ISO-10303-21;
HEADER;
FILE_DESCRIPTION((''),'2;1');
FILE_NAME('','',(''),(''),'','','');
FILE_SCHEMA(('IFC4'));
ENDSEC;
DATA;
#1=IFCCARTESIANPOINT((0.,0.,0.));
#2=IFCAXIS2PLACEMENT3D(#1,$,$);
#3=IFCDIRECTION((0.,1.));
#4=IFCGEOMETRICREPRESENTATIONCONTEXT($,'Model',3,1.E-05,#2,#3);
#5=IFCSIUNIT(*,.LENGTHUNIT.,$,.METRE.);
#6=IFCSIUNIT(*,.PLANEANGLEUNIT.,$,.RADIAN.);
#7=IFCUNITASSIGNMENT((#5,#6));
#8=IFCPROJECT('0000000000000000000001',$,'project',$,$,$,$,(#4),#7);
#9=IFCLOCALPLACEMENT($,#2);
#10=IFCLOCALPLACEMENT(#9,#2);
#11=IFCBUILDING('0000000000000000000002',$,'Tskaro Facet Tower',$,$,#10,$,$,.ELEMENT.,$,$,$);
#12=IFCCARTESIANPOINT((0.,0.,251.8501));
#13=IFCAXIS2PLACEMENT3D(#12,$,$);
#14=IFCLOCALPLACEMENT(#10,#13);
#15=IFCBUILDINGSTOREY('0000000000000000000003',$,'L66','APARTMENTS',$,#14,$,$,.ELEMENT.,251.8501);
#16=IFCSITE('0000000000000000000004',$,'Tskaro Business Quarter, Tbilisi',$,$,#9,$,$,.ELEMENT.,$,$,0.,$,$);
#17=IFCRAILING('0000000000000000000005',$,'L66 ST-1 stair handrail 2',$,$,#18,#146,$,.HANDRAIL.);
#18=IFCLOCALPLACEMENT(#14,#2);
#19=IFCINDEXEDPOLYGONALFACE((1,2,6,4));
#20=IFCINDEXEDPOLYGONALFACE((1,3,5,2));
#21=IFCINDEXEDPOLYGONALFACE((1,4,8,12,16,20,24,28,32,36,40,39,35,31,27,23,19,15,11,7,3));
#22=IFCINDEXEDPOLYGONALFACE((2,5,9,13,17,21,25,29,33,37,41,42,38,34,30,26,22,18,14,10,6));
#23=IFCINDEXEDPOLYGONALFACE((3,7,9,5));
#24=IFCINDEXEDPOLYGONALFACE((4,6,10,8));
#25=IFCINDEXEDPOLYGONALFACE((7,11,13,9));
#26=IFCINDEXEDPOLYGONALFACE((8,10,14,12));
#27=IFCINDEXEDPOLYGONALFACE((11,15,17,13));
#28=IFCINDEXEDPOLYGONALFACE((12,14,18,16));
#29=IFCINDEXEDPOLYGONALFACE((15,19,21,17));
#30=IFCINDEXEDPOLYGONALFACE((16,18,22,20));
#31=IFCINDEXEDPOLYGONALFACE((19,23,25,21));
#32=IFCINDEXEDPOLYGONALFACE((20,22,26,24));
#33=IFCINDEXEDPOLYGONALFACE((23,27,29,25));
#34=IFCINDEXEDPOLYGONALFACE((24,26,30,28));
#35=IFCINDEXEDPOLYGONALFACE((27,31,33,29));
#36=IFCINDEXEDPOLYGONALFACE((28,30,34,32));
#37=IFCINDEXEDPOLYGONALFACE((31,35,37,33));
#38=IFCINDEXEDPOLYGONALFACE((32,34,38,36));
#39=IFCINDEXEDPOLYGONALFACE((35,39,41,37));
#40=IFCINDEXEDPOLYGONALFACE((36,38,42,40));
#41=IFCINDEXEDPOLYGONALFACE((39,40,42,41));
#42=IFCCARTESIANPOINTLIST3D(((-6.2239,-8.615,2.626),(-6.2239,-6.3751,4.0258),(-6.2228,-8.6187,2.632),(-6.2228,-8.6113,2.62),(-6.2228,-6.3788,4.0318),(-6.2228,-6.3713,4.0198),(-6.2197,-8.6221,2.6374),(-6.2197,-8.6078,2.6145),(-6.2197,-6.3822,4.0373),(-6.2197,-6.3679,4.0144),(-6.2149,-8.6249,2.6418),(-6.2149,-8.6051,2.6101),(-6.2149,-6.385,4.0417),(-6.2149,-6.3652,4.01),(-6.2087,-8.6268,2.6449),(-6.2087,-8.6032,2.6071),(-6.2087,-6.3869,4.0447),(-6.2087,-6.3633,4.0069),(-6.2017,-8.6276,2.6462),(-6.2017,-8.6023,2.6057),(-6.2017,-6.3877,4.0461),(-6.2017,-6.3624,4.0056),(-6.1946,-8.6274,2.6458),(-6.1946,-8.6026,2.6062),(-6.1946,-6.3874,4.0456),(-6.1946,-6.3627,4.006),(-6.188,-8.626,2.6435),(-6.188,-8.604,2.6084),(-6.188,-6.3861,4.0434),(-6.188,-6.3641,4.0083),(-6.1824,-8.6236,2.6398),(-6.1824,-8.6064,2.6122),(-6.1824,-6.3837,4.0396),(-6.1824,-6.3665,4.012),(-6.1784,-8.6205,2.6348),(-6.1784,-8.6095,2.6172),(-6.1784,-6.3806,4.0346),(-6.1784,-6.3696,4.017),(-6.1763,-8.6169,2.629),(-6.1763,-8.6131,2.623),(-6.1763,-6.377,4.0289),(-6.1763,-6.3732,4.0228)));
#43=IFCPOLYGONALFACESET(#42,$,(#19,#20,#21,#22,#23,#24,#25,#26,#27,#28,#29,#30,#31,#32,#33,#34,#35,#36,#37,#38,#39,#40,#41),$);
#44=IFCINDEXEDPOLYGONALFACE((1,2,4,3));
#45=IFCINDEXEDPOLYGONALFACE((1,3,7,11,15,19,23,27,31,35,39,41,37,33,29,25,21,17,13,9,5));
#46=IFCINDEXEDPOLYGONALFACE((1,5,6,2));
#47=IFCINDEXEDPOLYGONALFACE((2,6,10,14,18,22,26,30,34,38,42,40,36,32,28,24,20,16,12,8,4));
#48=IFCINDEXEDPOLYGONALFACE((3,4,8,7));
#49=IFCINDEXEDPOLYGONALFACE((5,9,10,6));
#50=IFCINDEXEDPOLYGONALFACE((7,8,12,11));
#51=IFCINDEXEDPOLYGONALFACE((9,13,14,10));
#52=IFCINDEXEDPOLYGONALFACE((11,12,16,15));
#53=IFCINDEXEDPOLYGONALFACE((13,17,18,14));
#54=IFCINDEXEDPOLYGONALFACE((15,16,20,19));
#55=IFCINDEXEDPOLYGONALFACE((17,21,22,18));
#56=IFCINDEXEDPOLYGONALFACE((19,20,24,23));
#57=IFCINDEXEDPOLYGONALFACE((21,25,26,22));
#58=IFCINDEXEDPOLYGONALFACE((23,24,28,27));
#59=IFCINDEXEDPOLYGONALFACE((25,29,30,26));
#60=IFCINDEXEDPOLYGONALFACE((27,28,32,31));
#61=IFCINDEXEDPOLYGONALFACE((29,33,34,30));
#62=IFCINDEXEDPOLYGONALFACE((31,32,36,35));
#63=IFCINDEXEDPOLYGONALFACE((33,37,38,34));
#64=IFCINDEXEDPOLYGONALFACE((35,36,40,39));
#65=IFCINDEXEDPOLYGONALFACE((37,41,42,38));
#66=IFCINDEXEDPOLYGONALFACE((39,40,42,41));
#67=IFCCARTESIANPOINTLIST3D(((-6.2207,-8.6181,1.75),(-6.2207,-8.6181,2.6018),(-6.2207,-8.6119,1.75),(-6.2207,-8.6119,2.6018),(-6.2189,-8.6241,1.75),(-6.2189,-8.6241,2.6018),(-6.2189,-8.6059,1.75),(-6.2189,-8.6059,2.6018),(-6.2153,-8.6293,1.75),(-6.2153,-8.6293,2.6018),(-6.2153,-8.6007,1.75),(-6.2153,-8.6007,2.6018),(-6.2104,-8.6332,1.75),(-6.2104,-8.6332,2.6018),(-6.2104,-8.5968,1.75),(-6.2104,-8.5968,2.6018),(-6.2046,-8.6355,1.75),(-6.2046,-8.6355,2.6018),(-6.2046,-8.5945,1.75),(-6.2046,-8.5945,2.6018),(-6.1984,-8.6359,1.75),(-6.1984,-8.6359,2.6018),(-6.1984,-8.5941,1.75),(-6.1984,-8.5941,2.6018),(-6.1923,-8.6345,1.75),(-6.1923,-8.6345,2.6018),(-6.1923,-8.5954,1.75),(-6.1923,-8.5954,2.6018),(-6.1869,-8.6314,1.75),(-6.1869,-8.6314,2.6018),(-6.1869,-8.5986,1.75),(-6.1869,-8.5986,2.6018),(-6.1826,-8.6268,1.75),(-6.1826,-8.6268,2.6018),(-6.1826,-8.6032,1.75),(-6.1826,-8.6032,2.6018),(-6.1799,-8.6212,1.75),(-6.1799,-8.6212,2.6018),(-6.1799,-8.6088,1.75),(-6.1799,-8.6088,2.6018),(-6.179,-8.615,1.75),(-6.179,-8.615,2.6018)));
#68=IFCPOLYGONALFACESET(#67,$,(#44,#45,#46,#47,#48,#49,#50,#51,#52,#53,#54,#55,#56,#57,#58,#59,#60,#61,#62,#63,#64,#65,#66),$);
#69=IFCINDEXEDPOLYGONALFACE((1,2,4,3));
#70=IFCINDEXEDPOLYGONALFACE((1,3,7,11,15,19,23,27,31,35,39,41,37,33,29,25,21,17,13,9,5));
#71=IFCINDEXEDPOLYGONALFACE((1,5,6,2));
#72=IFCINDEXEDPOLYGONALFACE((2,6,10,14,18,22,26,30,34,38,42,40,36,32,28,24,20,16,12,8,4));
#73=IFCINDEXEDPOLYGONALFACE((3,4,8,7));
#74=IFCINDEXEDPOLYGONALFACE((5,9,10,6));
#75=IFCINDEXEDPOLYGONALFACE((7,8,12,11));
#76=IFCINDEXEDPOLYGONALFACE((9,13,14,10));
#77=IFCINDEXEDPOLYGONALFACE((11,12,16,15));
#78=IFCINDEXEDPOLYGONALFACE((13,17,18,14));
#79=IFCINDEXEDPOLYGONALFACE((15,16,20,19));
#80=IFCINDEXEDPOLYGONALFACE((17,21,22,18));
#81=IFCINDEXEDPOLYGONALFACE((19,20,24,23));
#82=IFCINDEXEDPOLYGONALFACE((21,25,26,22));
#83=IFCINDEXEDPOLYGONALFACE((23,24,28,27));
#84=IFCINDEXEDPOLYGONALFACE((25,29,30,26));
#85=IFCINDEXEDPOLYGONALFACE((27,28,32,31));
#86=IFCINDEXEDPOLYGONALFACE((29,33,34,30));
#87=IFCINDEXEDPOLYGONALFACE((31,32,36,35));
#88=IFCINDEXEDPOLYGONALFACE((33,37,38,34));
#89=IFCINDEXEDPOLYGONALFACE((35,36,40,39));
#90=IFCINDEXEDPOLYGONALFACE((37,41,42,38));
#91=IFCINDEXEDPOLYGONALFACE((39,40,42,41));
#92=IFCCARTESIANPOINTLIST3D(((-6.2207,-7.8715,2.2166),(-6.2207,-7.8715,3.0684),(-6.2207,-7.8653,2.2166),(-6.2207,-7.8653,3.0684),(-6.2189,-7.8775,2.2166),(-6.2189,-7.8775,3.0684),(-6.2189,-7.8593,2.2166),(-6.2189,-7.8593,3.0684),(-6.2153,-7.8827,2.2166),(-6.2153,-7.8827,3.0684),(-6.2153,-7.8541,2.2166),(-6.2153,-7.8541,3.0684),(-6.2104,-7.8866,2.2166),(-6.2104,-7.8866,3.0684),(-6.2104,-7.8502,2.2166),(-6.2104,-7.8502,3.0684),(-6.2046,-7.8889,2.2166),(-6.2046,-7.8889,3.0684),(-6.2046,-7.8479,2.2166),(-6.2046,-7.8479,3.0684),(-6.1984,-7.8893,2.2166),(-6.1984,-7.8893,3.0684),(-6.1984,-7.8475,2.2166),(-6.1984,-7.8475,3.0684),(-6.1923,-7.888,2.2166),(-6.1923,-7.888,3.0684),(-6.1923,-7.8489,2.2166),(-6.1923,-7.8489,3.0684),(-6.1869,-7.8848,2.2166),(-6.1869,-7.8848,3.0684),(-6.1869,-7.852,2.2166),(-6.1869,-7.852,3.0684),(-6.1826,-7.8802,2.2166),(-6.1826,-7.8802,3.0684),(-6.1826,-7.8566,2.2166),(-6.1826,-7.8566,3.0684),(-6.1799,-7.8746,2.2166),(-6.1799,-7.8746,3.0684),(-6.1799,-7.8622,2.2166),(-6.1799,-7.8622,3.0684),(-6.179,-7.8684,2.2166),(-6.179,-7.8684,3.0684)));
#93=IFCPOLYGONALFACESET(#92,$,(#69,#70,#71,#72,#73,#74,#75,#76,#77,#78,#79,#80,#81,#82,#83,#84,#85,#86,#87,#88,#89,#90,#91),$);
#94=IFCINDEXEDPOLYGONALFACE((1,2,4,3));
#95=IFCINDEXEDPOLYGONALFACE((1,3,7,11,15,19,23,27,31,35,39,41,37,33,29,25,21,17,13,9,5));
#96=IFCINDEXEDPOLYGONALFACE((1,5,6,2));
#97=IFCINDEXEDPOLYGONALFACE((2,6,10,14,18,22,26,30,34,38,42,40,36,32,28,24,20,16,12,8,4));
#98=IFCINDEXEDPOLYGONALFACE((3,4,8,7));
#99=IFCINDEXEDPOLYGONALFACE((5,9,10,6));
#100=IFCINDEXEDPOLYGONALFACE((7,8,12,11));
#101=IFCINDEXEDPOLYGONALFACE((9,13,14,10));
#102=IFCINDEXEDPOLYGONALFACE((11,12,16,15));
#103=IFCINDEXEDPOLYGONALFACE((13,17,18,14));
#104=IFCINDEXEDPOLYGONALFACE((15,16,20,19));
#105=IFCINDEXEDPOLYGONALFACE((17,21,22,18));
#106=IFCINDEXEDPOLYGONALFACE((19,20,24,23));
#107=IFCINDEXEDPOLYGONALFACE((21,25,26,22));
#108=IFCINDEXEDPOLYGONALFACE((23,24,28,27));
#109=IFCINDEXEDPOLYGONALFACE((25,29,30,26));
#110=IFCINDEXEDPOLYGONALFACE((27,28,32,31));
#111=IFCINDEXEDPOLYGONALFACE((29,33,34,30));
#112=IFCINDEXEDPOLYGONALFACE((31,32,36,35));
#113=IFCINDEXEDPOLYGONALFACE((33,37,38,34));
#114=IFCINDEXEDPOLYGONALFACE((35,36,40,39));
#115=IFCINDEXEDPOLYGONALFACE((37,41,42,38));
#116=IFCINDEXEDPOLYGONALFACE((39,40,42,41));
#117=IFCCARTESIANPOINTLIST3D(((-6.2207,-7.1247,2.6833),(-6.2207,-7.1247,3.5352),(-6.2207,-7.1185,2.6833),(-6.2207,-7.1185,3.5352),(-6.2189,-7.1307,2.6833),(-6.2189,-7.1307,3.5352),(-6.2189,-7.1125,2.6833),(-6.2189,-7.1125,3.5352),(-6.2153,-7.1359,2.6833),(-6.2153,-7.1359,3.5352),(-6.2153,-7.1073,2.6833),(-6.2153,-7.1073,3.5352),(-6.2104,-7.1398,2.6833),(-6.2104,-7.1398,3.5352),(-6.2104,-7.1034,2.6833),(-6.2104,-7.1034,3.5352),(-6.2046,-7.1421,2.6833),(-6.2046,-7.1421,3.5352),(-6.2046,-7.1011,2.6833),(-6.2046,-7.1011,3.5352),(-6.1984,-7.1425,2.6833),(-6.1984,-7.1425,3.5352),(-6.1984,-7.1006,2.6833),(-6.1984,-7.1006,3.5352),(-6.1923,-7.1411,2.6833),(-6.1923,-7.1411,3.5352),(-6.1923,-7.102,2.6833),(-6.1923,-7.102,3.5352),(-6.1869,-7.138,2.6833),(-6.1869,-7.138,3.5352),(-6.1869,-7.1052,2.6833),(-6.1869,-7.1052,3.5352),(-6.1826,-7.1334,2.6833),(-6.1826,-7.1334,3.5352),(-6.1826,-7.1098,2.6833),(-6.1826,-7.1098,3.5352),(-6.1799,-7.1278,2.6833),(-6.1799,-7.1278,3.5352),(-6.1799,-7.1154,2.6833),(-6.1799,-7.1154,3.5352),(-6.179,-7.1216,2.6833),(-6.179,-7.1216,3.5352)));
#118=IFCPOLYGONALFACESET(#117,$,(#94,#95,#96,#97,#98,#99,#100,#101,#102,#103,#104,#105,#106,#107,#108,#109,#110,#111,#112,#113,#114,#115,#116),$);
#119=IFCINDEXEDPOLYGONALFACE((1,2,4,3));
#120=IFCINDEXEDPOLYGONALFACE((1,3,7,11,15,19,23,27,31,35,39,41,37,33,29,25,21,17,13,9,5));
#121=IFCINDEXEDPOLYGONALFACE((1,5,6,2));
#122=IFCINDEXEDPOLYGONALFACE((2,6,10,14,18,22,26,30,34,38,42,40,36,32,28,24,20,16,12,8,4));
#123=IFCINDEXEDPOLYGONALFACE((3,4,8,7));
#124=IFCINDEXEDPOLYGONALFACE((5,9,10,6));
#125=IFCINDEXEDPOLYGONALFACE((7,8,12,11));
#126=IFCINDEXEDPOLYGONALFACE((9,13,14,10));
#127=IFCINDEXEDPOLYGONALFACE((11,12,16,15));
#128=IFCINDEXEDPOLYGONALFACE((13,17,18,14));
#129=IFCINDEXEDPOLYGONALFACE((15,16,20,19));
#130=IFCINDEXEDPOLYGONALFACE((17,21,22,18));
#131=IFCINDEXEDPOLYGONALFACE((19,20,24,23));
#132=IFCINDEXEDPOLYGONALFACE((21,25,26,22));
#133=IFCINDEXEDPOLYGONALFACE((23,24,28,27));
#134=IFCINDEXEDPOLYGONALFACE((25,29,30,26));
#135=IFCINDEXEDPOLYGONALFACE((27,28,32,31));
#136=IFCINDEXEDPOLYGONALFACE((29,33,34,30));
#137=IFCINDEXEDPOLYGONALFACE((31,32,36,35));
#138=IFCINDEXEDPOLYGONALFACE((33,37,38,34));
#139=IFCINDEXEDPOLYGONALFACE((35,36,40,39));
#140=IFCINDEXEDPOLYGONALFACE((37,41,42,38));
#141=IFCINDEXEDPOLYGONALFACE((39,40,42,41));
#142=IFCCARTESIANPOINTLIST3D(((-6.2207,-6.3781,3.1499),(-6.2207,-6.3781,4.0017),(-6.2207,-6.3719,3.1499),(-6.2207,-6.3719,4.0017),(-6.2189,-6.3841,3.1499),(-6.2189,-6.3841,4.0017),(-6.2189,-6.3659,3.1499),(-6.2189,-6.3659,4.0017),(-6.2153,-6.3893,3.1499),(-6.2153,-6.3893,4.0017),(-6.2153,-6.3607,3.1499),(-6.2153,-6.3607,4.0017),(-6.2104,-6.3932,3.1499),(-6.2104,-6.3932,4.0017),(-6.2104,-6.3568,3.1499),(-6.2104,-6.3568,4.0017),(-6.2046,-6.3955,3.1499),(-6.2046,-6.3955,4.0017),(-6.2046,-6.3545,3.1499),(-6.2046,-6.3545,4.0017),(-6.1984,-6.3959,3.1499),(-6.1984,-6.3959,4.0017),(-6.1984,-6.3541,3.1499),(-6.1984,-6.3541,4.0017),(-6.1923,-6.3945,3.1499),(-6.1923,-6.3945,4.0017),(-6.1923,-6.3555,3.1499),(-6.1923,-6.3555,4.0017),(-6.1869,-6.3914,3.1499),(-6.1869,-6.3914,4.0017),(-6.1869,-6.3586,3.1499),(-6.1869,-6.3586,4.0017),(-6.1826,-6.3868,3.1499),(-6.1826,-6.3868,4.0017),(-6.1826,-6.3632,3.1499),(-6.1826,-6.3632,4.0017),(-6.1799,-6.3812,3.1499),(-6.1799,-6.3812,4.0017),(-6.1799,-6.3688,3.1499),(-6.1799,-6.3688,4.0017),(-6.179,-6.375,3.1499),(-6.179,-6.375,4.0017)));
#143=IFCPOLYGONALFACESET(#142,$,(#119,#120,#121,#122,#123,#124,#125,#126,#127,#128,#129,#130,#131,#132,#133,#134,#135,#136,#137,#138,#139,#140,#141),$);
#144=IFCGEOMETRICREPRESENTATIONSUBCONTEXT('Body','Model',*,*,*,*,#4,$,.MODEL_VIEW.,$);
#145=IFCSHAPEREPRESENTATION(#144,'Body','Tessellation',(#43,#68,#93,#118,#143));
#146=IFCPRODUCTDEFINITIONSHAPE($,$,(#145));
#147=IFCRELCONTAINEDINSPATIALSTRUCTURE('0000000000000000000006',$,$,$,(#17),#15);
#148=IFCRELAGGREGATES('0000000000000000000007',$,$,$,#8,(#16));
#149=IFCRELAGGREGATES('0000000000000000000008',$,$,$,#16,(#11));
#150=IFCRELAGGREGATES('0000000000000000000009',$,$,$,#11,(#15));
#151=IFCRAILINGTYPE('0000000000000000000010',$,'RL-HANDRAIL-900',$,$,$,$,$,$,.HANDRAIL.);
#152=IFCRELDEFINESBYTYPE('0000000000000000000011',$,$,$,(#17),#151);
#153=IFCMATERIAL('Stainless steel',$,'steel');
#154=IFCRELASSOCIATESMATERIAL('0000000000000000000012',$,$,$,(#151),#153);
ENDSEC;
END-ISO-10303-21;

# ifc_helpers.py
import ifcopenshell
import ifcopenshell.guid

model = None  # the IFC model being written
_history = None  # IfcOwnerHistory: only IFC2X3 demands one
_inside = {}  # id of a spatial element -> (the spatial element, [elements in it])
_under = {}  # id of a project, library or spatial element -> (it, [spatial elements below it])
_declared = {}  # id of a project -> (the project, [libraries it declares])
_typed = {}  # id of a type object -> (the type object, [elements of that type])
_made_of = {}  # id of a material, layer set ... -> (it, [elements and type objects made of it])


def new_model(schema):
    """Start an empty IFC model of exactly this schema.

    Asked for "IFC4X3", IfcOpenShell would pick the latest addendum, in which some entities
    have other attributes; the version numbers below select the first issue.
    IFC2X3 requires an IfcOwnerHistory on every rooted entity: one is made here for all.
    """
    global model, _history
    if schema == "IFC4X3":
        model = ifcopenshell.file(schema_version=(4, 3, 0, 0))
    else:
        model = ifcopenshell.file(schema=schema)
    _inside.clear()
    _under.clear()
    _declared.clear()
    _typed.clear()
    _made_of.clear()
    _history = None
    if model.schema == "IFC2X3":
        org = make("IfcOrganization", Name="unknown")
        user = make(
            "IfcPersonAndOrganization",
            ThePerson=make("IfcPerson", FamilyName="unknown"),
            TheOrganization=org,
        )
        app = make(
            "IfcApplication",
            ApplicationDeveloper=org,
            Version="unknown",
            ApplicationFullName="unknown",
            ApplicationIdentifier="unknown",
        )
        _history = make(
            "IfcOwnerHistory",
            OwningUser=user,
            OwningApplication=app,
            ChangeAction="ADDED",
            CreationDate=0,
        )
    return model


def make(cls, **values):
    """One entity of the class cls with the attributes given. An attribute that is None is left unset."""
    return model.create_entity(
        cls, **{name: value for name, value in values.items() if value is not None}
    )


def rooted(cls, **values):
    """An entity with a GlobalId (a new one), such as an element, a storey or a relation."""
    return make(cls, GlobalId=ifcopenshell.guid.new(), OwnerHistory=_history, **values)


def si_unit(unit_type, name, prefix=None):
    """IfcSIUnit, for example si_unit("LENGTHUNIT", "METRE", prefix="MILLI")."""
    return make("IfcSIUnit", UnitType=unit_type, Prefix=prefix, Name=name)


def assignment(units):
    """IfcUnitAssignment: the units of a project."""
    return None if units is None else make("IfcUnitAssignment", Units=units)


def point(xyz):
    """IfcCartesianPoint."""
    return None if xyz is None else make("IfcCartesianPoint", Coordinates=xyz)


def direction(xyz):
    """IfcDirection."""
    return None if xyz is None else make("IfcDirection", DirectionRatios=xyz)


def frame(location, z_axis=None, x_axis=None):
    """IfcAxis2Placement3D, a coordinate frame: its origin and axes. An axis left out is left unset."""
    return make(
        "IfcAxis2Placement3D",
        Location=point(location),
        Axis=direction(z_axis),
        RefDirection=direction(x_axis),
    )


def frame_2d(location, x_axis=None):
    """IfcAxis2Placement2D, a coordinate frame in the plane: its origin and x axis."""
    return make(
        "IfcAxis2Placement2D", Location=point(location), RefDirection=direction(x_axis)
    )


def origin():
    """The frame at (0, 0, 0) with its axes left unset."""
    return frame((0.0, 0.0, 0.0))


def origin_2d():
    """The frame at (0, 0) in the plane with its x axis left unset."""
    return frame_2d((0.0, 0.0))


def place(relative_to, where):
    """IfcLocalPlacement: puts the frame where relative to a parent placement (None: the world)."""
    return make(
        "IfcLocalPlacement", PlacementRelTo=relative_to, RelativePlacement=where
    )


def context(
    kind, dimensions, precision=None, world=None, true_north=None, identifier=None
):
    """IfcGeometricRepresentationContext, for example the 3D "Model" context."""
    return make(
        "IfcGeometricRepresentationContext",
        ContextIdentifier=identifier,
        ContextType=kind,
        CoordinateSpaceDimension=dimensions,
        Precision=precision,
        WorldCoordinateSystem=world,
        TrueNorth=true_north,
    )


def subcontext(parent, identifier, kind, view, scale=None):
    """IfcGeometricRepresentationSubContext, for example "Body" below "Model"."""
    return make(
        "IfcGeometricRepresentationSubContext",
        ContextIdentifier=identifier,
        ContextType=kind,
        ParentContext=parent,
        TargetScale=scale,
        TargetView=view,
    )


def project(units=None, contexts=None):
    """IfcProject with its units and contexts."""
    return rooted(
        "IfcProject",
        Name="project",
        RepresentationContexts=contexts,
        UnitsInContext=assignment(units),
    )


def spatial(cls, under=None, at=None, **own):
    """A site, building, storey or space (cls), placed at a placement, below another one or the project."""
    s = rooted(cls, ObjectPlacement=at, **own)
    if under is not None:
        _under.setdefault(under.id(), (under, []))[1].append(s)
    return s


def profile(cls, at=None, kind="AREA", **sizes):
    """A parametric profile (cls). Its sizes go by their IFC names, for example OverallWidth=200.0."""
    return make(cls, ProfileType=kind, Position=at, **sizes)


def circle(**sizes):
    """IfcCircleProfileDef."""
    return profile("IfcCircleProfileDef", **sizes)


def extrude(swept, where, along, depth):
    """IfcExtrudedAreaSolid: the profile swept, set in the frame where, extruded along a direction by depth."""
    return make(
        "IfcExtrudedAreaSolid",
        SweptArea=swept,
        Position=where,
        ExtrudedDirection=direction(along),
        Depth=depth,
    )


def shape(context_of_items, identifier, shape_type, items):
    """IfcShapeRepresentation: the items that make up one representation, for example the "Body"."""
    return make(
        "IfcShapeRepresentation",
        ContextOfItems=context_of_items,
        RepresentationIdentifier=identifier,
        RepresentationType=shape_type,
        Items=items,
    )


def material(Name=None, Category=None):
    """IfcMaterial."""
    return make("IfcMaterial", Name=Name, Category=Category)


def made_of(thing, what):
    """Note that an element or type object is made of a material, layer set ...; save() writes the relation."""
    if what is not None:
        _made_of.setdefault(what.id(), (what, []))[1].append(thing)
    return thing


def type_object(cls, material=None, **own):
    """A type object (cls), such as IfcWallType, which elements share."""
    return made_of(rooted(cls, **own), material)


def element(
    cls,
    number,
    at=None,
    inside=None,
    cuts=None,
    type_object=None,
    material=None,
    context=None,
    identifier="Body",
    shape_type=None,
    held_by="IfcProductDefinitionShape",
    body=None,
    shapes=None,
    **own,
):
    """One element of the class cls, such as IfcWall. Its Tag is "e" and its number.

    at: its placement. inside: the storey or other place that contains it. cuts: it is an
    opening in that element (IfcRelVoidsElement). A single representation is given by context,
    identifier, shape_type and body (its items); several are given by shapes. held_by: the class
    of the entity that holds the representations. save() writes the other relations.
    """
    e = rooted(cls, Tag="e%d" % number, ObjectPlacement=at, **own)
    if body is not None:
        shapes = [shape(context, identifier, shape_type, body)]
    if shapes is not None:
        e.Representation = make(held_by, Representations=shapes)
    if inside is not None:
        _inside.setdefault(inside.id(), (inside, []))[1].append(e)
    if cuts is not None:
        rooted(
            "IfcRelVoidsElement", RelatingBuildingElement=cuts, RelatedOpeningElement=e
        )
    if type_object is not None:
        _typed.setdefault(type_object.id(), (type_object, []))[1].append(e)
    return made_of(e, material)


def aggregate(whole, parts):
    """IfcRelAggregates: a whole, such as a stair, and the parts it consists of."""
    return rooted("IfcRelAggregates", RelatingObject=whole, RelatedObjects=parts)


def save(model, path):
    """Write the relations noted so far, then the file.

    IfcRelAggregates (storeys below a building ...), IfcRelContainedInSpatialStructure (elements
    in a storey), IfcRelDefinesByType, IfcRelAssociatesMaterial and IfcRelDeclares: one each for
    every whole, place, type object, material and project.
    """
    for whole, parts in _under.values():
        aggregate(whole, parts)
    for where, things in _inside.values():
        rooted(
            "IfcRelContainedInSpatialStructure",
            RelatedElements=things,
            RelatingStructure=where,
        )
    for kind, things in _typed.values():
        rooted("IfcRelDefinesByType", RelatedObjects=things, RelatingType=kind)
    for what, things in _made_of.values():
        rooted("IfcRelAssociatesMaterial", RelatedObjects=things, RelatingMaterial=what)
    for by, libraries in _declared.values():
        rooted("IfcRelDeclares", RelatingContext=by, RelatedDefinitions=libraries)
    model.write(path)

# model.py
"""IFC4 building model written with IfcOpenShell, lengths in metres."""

from ifc_helpers import new_model, si_unit, direction, frame, origin, origin_2d, place, context, subcontext, project, spatial, circle, extrude, material, type_object, element, save


model = new_model("IFC4")

# Units and contexts
model_context = context("Model", 3, precision=1e-05, world=origin(), true_north=direction((0.0, 1.0)))
body_context = subcontext(model_context, "Body", "Model", "MODEL_VIEW")
ifc_project = project(units=[si_unit("LENGTHUNIT", "METRE"), si_unit("PLANEANGLEUNIT", "RADIAN")], contexts=[model_context])

# Site, building, storey
site_placement = place(None, origin())
site = spatial("IfcSite", under=ifc_project, at=site_placement, Name="Tskaro Business Quarter, Tbilisi", CompositionType="ELEMENT", RefElevation=0.0)
building_placement = place(site_placement, origin())
building = spatial("IfcBuilding", under=site, at=building_placement, Name="Tskaro Facet Tower", CompositionType="ELEMENT")
storey_placement = place(building_placement, frame((0.0, 0.0, 251.8501)))
storey = spatial("IfcBuildingStorey", under=building, at=storey_placement, Name="L66", Description="APARTMENTS", CompositionType="ELEMENT", Elevation=251.8501)

# Shared definitions
ifc_material_1 = material(Name="Stainless steel", Category="steel")

# Railing
railing_type_1 = type_object("IfcRailingType", Name="RL-HANDRAIL-900", PredefinedType="HANDRAIL", material=ifc_material_1)
railing_1_placement = place(storey_placement, frame((-6.2, -8.615, 1.75)))
element("IfcRailing", 1, at=railing_1_placement, inside=storey, type_object=railing_type_1, Name="L66 ST-1 stair handrail 2", PredefinedType="HANDRAIL", context=body_context, shape_type="SweptSolid", body=[
    extrude(circle(Radius=0.0239, at=origin_2d()), frame((0.0, 0.0, 0.876), z_axis=(0.0, 0.848014, 0.529974), x_axis=(-1.0, 0.0, 0.0)), (0.0, 0.0, 1.0), 2.6414),
    extrude(circle(Radius=0.021, at=origin_2d()), origin(), (0.0, 0.0, 1.0), 0.8518),
    extrude(circle(Radius=0.021, at=origin_2d()), frame((0.0, 0.7466, 0.4666)), (0.0, 0.0, 1.0), 0.8518),
    extrude(circle(Radius=0.021, at=origin_2d()), frame((0.0, 1.4934, 0.9333)), (0.0, 0.0, 1.0), 0.8518),
    extrude(circle(Radius=0.021, at=origin_2d()), frame((0.0, 2.24, 1.3999)), (0.0, 0.0, 1.0), 0.8518),
])

save(model, "model.ifc")
